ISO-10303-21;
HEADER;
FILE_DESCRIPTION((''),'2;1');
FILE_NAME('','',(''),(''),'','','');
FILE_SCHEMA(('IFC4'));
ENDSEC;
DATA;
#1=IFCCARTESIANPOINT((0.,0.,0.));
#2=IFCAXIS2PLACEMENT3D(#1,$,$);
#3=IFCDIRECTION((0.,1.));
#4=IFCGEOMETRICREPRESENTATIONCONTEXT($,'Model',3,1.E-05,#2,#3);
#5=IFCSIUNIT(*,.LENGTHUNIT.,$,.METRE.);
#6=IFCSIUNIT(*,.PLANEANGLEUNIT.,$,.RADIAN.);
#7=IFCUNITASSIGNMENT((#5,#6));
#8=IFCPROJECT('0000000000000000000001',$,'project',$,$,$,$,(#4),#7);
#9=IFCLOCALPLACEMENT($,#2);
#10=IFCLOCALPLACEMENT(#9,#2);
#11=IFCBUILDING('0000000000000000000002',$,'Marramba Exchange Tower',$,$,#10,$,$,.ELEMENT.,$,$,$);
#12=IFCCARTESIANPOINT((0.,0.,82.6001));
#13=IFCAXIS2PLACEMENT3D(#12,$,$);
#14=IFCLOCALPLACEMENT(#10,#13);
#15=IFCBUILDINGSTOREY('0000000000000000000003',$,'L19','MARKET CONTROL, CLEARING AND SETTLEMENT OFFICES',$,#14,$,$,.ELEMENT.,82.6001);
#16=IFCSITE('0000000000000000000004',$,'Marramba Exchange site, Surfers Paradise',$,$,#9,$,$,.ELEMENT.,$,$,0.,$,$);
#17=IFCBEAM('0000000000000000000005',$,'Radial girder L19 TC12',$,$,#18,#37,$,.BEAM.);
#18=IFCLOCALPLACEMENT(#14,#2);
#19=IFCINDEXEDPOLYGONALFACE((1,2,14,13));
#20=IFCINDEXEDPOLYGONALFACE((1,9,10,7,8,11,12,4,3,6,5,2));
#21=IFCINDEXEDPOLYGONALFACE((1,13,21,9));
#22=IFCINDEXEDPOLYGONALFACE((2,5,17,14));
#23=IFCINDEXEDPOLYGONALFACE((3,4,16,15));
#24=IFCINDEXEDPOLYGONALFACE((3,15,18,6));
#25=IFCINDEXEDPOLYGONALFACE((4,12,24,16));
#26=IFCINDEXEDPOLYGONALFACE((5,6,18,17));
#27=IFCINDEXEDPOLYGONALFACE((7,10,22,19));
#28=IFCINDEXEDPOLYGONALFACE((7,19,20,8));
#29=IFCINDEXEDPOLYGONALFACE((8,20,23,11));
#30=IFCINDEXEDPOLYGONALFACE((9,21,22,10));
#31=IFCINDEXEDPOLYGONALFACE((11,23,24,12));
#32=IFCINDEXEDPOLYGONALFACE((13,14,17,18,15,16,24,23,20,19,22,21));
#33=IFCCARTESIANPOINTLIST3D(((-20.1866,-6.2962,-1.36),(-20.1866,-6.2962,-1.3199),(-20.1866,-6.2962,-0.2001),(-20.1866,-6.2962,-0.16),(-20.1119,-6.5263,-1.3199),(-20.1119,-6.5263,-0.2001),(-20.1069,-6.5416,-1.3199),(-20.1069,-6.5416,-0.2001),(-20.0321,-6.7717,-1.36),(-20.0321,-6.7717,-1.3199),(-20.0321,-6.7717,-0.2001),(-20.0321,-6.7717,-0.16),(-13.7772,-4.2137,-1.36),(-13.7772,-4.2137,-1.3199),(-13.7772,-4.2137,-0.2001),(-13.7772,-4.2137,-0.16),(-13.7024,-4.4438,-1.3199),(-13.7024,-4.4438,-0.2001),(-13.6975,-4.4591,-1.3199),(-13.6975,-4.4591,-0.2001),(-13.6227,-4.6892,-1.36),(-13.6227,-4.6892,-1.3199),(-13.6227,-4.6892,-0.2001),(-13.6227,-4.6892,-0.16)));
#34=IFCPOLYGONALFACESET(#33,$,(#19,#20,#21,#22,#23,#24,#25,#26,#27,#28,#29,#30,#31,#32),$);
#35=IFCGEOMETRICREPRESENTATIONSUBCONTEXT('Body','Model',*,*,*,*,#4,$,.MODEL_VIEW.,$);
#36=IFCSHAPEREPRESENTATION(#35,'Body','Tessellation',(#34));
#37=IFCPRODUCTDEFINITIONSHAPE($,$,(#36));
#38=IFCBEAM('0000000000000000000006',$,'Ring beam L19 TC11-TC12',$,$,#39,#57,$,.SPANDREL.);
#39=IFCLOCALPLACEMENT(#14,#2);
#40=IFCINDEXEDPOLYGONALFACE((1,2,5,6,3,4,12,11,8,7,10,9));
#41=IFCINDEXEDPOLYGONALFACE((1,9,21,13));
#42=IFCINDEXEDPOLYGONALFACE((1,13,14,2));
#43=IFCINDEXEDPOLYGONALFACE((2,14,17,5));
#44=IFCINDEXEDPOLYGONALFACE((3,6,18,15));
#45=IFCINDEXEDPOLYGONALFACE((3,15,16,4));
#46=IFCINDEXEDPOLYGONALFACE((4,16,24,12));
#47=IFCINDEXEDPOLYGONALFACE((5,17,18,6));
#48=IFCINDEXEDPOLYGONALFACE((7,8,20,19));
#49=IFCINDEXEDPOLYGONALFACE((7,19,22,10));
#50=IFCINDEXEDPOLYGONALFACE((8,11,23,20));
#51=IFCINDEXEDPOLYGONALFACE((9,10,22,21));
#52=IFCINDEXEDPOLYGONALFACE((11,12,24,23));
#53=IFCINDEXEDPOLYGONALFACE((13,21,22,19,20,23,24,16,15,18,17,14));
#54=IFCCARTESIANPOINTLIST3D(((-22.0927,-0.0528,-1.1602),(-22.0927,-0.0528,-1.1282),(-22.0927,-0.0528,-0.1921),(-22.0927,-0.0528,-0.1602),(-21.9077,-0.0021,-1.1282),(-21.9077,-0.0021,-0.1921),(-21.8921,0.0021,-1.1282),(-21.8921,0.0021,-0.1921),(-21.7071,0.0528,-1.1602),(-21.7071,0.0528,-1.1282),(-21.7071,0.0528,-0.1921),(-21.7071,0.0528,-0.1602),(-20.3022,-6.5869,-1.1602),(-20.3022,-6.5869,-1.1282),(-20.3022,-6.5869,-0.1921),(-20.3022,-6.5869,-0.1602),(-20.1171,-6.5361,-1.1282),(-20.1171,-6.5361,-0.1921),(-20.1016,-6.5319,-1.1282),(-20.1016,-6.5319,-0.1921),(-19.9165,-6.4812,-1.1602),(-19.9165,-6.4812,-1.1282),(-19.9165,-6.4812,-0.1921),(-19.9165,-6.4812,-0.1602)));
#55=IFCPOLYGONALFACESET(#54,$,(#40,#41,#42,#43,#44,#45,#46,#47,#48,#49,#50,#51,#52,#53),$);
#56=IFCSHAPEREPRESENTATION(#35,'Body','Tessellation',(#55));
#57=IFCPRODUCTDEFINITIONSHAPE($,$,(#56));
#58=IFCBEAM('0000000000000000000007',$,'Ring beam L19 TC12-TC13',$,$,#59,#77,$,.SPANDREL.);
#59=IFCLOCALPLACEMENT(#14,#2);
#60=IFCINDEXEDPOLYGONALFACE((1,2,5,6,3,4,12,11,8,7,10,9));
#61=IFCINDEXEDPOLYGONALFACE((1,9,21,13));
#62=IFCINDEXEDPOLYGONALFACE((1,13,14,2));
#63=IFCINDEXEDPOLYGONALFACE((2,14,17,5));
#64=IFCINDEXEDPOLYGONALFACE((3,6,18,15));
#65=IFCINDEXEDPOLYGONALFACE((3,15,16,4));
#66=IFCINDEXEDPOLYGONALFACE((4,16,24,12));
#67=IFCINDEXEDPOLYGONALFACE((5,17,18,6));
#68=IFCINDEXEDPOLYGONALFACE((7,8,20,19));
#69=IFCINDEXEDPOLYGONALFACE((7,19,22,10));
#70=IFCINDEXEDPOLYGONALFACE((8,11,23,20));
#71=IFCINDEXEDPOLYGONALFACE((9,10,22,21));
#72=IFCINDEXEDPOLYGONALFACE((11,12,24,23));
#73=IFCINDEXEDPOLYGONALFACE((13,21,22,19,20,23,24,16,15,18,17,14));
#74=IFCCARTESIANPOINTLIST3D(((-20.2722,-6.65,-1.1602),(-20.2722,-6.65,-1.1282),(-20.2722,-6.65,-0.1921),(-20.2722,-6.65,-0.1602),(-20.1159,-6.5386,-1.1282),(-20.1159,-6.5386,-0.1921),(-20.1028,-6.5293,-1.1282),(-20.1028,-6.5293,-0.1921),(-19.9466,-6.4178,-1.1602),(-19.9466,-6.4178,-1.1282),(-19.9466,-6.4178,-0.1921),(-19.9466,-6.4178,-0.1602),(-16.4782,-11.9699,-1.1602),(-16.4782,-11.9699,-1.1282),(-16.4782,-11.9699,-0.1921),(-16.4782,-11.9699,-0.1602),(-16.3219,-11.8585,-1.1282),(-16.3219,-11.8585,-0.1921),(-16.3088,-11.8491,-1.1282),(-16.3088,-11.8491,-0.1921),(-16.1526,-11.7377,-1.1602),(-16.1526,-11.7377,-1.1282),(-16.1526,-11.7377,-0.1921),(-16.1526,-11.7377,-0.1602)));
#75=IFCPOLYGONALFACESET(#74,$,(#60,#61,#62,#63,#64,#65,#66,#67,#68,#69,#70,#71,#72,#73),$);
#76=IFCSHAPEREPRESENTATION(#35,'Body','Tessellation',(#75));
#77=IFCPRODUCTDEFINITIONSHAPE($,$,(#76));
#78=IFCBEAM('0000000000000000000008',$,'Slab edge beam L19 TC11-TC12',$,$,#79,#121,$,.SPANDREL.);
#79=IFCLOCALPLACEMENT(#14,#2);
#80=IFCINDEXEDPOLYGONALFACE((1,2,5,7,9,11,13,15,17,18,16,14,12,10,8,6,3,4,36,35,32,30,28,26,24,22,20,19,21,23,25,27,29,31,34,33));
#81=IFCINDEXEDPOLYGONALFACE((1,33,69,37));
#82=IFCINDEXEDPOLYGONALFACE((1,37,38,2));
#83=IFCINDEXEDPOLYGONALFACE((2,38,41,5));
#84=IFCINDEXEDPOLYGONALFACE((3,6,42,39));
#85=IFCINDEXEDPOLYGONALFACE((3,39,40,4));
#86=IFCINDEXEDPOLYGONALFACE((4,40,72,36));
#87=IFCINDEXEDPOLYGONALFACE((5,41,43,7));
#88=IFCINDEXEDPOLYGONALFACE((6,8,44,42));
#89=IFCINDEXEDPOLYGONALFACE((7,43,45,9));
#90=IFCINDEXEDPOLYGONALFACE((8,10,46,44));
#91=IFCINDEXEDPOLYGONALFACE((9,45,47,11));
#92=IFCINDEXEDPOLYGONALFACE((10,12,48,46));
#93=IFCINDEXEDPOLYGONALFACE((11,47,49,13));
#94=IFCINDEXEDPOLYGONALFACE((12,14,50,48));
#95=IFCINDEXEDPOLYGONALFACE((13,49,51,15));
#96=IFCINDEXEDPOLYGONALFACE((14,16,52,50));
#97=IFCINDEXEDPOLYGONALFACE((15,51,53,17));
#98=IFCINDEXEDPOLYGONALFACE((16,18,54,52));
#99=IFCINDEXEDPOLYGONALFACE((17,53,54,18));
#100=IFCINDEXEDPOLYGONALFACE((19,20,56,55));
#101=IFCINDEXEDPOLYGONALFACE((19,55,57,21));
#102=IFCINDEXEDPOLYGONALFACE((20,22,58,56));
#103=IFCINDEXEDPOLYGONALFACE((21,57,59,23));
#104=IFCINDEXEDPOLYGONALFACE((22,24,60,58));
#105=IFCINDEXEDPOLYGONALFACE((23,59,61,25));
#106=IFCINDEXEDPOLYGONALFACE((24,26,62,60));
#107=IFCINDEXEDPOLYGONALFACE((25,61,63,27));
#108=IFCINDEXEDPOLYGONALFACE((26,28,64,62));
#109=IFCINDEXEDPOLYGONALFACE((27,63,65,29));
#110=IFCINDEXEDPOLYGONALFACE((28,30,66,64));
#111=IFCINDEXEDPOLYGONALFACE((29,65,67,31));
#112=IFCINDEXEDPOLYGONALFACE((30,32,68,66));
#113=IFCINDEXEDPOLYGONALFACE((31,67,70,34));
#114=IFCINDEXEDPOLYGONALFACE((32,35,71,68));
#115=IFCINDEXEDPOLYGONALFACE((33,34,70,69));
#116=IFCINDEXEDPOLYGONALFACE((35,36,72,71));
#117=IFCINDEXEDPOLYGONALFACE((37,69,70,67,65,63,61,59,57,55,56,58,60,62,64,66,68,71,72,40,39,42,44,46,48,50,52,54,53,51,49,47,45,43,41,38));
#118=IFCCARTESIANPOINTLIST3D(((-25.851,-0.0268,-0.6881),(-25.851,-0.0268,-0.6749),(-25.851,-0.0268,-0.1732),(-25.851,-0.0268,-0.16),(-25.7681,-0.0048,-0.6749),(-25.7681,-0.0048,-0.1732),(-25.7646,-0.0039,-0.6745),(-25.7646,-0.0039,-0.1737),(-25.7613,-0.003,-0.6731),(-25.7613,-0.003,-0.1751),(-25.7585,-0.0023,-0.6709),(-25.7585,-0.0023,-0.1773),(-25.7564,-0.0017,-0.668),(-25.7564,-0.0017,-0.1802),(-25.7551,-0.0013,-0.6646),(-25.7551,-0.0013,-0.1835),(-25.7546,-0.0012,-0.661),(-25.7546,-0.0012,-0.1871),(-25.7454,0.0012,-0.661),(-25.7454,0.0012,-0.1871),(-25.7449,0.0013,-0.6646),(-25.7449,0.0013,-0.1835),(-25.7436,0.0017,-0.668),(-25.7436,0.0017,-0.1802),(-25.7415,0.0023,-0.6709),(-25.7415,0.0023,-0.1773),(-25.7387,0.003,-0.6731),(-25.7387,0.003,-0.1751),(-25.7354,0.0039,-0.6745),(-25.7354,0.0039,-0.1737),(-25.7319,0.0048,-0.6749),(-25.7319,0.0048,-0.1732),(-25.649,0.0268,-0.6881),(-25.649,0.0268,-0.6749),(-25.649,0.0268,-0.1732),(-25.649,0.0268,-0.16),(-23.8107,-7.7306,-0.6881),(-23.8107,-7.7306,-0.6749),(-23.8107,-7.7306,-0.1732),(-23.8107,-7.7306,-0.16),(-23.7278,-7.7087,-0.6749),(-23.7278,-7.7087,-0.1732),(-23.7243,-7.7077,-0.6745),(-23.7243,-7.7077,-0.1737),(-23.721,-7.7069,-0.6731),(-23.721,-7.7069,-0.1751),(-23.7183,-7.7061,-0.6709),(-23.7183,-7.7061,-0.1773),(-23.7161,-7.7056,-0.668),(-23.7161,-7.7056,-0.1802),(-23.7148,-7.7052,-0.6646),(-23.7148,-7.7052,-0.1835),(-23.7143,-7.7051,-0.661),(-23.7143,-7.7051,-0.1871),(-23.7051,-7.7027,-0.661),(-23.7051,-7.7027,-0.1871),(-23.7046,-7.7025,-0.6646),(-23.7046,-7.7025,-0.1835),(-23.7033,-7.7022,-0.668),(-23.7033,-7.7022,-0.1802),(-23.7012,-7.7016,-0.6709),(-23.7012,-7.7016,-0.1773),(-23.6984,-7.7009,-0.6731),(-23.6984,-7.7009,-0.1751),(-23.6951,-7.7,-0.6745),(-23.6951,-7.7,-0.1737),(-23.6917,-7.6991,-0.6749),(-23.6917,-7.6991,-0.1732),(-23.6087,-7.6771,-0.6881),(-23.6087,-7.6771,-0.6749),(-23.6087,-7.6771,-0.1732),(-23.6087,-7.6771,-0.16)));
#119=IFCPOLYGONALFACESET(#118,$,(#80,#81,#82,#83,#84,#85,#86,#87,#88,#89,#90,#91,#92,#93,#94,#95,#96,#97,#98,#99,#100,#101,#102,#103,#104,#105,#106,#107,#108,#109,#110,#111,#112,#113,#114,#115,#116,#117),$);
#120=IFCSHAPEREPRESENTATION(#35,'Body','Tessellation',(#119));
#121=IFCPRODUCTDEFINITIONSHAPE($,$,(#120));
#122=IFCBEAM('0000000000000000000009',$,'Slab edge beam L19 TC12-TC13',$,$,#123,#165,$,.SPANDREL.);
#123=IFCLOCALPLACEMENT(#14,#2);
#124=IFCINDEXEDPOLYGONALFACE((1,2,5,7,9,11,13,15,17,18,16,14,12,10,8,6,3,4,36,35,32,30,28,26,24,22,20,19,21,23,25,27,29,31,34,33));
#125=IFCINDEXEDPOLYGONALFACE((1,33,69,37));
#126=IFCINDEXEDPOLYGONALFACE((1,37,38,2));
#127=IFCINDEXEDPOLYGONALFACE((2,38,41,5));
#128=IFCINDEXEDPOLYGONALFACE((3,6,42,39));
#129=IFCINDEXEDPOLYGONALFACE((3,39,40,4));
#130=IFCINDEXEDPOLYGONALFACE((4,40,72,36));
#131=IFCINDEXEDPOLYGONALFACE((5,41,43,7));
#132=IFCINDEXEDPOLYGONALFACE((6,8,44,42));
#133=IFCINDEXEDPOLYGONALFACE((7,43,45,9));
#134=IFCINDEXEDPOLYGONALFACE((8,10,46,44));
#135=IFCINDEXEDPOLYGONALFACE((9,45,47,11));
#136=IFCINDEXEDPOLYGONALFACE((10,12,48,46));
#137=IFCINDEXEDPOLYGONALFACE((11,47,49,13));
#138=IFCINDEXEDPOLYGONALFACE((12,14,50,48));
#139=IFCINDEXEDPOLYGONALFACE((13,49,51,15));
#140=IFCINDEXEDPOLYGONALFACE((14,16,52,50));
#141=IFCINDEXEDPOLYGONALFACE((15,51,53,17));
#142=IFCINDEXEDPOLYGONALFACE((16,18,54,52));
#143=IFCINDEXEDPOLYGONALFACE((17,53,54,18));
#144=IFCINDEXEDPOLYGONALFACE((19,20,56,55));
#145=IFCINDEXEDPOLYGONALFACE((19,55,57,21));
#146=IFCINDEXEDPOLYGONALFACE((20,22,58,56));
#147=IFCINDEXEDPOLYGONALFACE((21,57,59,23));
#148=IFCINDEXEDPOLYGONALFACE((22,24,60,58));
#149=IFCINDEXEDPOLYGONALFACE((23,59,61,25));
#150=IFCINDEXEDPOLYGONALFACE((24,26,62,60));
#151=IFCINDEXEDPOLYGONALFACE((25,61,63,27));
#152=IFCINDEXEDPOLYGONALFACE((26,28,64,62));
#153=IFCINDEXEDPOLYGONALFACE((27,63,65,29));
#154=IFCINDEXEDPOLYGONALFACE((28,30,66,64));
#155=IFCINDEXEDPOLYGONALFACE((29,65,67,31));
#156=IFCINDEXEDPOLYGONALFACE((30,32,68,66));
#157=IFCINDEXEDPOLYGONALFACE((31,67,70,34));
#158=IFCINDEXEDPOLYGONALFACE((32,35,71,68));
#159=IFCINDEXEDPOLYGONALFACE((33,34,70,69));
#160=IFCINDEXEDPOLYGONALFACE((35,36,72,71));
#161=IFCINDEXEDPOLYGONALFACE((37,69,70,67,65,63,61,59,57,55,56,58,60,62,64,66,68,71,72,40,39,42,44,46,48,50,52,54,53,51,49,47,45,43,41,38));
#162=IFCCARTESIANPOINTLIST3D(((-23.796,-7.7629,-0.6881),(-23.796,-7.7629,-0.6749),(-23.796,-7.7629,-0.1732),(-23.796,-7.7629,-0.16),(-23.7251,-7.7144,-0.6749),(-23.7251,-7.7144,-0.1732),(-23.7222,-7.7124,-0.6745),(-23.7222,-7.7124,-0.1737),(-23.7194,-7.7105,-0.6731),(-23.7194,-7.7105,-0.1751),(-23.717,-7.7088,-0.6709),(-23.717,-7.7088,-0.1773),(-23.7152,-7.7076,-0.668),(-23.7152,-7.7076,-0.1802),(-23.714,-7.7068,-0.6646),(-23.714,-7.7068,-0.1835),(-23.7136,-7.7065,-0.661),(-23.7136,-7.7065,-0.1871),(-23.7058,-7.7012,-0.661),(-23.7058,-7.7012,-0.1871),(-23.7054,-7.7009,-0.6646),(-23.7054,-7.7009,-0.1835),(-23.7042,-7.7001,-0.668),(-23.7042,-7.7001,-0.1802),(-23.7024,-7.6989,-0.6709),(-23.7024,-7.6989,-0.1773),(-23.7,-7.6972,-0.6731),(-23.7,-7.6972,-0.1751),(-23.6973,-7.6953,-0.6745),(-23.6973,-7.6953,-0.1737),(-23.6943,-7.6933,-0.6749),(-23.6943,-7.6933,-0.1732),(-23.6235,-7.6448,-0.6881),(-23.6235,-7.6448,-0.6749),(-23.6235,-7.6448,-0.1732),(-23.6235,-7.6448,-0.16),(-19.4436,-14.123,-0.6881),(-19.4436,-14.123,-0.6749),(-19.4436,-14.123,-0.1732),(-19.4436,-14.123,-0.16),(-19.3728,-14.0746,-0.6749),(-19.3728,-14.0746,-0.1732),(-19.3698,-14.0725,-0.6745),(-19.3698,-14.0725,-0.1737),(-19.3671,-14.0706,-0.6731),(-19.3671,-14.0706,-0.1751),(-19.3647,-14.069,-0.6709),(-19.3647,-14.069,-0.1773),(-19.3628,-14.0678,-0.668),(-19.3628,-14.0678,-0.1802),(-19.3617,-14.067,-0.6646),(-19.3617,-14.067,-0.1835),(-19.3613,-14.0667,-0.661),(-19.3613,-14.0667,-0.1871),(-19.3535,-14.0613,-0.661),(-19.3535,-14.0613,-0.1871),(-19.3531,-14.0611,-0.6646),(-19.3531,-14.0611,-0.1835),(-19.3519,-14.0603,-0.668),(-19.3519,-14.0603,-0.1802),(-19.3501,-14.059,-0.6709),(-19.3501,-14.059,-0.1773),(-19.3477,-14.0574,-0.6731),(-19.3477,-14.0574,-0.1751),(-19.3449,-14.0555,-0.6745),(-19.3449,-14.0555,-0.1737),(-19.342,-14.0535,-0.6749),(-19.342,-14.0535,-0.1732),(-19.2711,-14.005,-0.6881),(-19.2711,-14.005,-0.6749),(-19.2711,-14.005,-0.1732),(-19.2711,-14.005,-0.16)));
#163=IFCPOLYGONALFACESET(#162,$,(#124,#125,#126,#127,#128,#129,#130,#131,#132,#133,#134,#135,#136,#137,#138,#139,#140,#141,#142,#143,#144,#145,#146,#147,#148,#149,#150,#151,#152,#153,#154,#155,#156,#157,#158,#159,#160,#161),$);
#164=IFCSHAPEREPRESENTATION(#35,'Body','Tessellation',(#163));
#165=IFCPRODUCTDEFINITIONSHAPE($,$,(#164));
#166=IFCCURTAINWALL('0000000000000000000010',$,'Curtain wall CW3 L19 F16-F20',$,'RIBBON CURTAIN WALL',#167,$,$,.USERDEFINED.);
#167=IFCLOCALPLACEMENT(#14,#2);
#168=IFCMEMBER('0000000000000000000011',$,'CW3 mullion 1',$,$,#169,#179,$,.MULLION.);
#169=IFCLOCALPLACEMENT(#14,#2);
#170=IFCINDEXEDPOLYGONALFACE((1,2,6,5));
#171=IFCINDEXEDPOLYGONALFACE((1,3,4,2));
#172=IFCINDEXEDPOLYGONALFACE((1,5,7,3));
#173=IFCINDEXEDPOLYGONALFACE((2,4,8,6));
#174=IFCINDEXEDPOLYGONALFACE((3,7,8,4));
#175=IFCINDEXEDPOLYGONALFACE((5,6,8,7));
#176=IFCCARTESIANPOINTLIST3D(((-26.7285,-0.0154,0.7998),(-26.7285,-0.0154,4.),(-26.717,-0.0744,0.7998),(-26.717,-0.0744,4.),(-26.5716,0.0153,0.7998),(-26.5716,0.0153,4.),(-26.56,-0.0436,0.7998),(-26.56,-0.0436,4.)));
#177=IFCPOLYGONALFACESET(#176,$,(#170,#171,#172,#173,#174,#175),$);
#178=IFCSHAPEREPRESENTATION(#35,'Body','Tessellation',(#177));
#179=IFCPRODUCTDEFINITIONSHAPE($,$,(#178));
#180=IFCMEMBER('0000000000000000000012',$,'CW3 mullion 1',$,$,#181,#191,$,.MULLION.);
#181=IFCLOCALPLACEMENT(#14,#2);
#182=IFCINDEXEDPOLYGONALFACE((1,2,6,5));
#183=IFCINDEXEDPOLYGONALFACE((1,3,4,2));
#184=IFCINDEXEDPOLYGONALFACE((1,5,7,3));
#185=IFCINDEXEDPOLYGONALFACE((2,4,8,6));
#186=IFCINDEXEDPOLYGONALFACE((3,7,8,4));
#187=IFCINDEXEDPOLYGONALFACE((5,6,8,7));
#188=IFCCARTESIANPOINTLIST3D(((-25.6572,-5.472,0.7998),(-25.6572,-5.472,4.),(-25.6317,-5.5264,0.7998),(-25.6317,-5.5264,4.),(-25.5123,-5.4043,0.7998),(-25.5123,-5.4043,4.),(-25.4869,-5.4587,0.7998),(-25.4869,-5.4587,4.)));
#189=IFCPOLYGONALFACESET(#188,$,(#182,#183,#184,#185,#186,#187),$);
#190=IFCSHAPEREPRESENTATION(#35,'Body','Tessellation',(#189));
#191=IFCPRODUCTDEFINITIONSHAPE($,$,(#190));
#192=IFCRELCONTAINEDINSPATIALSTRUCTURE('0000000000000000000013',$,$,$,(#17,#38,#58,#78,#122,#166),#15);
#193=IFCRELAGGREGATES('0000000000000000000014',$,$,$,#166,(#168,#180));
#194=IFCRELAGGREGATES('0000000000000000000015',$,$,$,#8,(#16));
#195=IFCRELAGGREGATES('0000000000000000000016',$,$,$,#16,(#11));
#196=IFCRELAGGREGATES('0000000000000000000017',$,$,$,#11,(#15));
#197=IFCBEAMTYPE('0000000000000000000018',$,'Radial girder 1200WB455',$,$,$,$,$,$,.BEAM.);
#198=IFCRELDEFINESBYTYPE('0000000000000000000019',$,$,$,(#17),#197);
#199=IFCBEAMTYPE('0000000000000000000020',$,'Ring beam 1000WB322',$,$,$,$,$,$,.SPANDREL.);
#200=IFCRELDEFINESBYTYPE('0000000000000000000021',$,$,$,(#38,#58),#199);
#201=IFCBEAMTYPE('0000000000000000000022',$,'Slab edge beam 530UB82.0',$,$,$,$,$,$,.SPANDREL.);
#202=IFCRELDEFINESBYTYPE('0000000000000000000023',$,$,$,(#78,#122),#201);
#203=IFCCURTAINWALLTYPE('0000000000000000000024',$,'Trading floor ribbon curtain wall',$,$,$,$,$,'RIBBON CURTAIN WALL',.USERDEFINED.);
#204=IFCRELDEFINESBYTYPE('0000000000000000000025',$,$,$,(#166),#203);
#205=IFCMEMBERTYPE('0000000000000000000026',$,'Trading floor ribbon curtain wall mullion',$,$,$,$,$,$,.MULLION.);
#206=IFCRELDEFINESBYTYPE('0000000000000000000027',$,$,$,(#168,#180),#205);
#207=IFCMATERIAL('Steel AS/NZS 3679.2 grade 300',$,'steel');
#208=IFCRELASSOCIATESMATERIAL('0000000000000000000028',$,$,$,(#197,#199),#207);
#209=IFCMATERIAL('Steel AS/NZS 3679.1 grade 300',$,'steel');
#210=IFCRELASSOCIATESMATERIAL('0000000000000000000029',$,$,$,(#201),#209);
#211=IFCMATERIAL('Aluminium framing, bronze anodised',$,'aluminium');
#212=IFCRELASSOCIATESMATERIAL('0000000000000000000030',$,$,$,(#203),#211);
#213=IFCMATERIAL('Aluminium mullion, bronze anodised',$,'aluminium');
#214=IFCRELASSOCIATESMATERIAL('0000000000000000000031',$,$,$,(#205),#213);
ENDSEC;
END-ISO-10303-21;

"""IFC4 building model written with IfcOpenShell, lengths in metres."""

from ifc_helpers import new_model, si_unit, direction, frame, origin, origin_2d, place, context, subcontext, project, spatial, rectangle, i_section, extrude, material, material_profile, profile_set, type_object, element, aggregate, save


model = new_model("IFC4")

# Units and contexts
model_context = context("Model", 3, precision=1e-05, world=origin(), true_north=direction((0.0, 1.0)))
body_context = subcontext(model_context, "Body", "Model", "MODEL_VIEW")
ifc_project = project(units=[si_unit("LENGTHUNIT", "METRE"), si_unit("PLANEANGLEUNIT", "RADIAN")], contexts=[model_context])

# Site, building, storey
site_placement = place(None, origin())
site = spatial("IfcSite", under=ifc_project, at=site_placement, Name="Marramba Exchange site, Surfers Paradise", CompositionType="ELEMENT", RefElevation=0.0)
building_placement = place(site_placement, origin())
building = spatial("IfcBuilding", under=site, at=building_placement, Name="Marramba Exchange Tower", CompositionType="ELEMENT")
storey_placement = place(building_placement, frame((0.0, 0.0, 82.6001)))
storey = spatial("IfcBuildingStorey", under=building, at=storey_placement, Name="L19", Description="MARKET CONTROL, CLEARING AND SETTLEMENT OFFICES", CompositionType="ELEMENT", Elevation=82.6001)

# Beams
ifc_material_1 = material(Name="Steel AS/NZS 3679.2 grade 300", Category="steel")
ifc_material_2 = material(Name="Steel AS/NZS 3679.1 grade 300", Category="steel")
ifc_material_profile_1 = material_profile(ifc_material_1, i_section(OverallWidth=0.5, OverallDepth=1.2, WebThickness=0.0161, FlangeThickness=0.04, at=origin_2d()), Name="1200WB455")
ifc_profile_set_1 = profile_set([ifc_material_profile_1], Name="Steel AS/NZS 3679.2 grade 300")
beam_type_1 = type_object("IfcBeamType", Name="Radial girder 1200WB455", PredefinedType="BEAM", material=ifc_profile_set_1)
beam_1_placement = place(storey_placement, frame((-13.7, -4.4514, -0.76), z_axis=(-0.951058, -0.309013, 0.0), x_axis=(0.309013, -0.951058, 0.0)))
element("IfcBeam", 1, at=beam_1_placement, inside=storey, type_object=beam_type_1, Name="Radial girder L19 TC12", PredefinedType="BEAM", context=body_context, shape_type="SweptSolid", body=[
    extrude(i_section(OverallWidth=0.5, OverallDepth=1.2, WebThickness=0.0161, FlangeThickness=0.04, at=origin_2d()), origin(), (0.0, 0.0, 1.0), 6.7393),
])
ifc_material_profile_2 = material_profile(ifc_material_1, i_section(OverallWidth=0.3999, OverallDepth=1.0, WebThickness=0.0161, FlangeThickness=0.032, at=origin_2d()), Name="1000WB322")
ifc_profile_set_2 = profile_set([ifc_material_profile_2], Name="Steel AS/NZS 3679.2 grade 300")
beam_type_2 = type_object("IfcBeamType", Name="Ring beam 1000WB322", PredefinedType="SPANDREL", material=ifc_profile_set_2)
beam_2_placement = place(storey_placement, frame((-21.8999, 0.0, -0.6602), z_axis=(0.264291, -0.964443, 0.0), x_axis=(0.964443, 0.264291, 0.0)))
element("IfcBeam", 2, at=beam_2_placement, inside=storey, type_object=beam_type_2, Name="Ring beam L19 TC11-TC12", PredefinedType="SPANDREL", context=body_context, shape_type="SweptSolid", body=[
    extrude(i_section(OverallWidth=0.3999, OverallDepth=1.0, WebThickness=0.0161, FlangeThickness=0.032, at=origin_2d()), origin(), (0.0, 0.0, 1.0), 6.7749),
])
beam_3_placement = place(storey_placement, frame((-20.1094, -6.5339, -0.6602), z_axis=(0.580637, -0.814162, 0.0), x_axis=(0.814162, 0.580637, 0.0)))
element("IfcBeam", 3, at=beam_3_placement, inside=storey, type_object=beam_type_2, Name="Ring beam L19 TC12-TC13", PredefinedType="SPANDREL", context=body_context, shape_type="SweptSolid", body=[
    extrude(i_section(OverallWidth=0.3999, OverallDepth=1.0, WebThickness=0.0161, FlangeThickness=0.032, at=origin_2d()), origin(), (0.0, 0.0, 1.0), 6.5342),
])
ifc_material_profile_3 = material_profile(ifc_material_2, i_section(OverallWidth=0.209, OverallDepth=0.5281, WebThickness=0.0095, FlangeThickness=0.0132, FilletRadius=0.0139, at=origin_2d()), Name="530UB82.0")
ifc_profile_set_3 = profile_set([ifc_material_profile_3], Name="Steel AS/NZS 3679.1 grade 300")
beam_type_3 = type_object("IfcBeamType", Name="Slab edge beam 530UB82.0", PredefinedType="SPANDREL", material=ifc_profile_set_3)
beam_4_placement = place(storey_placement, frame((-25.75, 0.0, -0.4241), z_axis=(0.256013, -0.966673, 0.0), x_axis=(0.966673, 0.256013, 0.0)))
element("IfcBeam", 4, at=beam_4_placement, inside=storey, type_object=beam_type_3, Name="Slab edge beam L19 TC11-TC12", PredefinedType="SPANDREL", context=body_context, shape_type="SweptSolid", body=[
    extrude(i_section(OverallWidth=0.209, OverallDepth=0.5281, WebThickness=0.0095, FlangeThickness=0.0132, FilletRadius=0.0139, at=origin_2d()), origin(), (0.0, 0.0, 1.0), 7.9695),
])
beam_5_placement = place(storey_placement, frame((-23.7097, -7.7039, -0.4241), z_axis=(0.564741, -0.825268, 0.0), x_axis=(0.825268, 0.564741, 0.0)))
element("IfcBeam", 5, at=beam_5_placement, inside=storey, type_object=beam_type_3, Name="Slab edge beam L19 TC12-TC13", PredefinedType="SPANDREL", context=body_context, shape_type="SweptSolid", body=[
    extrude(i_section(OverallWidth=0.209, OverallDepth=0.5281, WebThickness=0.0095, FlangeThickness=0.0132, FilletRadius=0.0139, at=origin_2d()), origin(), (0.0, 0.0, 1.0), 7.7068),
])

# Curtain wall, members
ifc_material_3 = material(Name="Aluminium framing, bronze anodised", Category="aluminium")
curtain_wall_type = type_object("IfcCurtainWallType", Name="Trading floor ribbon curtain wall", ElementType="RIBBON CURTAIN WALL", PredefinedType="USERDEFINED", material=ifc_material_3)
curtain_wall_placement = place(storey_placement, origin())
curtain_wall = element("IfcCurtainWall", 6, at=curtain_wall_placement, inside=storey, type_object=curtain_wall_type, Name="Curtain wall CW3 L19 F16-F20", ObjectType="RIBBON CURTAIN WALL", PredefinedType="USERDEFINED")
ifc_material_4 = material(Name="Aluminium mullion, bronze anodised", Category="aluminium")
ifc_material_profile_4 = material_profile(ifc_material_4, rectangle(XDim=0.1599, YDim=0.0601, at=origin_2d()), Name="CW3 mullion 60x160")
ifc_profile_set_4 = profile_set([ifc_material_profile_4], Name="Aluminium mullion, bronze anodised")
member_type_1 = type_object("IfcMemberType", Name="Trading floor ribbon curtain wall mullion", PredefinedType="MULLION", material=ifc_profile_set_4)
member_1_placement = place(storey_placement, frame((-26.6443, -0.0295, 0.7998), z_axis=(0.0, 0.0, 1.0), x_axis=(0.981346, 0.192249, 0.0)))
member_1 = element("IfcMember", 7, at=member_1_placement, type_object=member_type_1, Name="CW3 mullion 1", PredefinedType="MULLION", context=body_context, shape_type="SweptSolid", body=[
    extrude(rectangle(XDim=0.1599, YDim=0.0601, at=origin_2d()), origin(), (0.0, 0.0, 1.0), 3.2002),
])
member_2_placement = place(storey_placement, frame((-25.572, -5.4653, 0.7998), z_axis=(0.0, 0.0, 1.0), x_axis=(0.905907, 0.423477, 0.0)))
member_2 = element("IfcMember", 8, at=member_2_placement, type_object=member_type_1, Name="CW3 mullion 1", PredefinedType="MULLION", context=body_context, shape_type="SweptSolid", body=[
    extrude(rectangle(XDim=0.1599, YDim=0.0601, at=origin_2d()), origin(), (0.0, 0.0, 1.0), 3.2002),
])
aggregate(curtain_wall, [member_1, member_2])

save(model, "model.ifc")
